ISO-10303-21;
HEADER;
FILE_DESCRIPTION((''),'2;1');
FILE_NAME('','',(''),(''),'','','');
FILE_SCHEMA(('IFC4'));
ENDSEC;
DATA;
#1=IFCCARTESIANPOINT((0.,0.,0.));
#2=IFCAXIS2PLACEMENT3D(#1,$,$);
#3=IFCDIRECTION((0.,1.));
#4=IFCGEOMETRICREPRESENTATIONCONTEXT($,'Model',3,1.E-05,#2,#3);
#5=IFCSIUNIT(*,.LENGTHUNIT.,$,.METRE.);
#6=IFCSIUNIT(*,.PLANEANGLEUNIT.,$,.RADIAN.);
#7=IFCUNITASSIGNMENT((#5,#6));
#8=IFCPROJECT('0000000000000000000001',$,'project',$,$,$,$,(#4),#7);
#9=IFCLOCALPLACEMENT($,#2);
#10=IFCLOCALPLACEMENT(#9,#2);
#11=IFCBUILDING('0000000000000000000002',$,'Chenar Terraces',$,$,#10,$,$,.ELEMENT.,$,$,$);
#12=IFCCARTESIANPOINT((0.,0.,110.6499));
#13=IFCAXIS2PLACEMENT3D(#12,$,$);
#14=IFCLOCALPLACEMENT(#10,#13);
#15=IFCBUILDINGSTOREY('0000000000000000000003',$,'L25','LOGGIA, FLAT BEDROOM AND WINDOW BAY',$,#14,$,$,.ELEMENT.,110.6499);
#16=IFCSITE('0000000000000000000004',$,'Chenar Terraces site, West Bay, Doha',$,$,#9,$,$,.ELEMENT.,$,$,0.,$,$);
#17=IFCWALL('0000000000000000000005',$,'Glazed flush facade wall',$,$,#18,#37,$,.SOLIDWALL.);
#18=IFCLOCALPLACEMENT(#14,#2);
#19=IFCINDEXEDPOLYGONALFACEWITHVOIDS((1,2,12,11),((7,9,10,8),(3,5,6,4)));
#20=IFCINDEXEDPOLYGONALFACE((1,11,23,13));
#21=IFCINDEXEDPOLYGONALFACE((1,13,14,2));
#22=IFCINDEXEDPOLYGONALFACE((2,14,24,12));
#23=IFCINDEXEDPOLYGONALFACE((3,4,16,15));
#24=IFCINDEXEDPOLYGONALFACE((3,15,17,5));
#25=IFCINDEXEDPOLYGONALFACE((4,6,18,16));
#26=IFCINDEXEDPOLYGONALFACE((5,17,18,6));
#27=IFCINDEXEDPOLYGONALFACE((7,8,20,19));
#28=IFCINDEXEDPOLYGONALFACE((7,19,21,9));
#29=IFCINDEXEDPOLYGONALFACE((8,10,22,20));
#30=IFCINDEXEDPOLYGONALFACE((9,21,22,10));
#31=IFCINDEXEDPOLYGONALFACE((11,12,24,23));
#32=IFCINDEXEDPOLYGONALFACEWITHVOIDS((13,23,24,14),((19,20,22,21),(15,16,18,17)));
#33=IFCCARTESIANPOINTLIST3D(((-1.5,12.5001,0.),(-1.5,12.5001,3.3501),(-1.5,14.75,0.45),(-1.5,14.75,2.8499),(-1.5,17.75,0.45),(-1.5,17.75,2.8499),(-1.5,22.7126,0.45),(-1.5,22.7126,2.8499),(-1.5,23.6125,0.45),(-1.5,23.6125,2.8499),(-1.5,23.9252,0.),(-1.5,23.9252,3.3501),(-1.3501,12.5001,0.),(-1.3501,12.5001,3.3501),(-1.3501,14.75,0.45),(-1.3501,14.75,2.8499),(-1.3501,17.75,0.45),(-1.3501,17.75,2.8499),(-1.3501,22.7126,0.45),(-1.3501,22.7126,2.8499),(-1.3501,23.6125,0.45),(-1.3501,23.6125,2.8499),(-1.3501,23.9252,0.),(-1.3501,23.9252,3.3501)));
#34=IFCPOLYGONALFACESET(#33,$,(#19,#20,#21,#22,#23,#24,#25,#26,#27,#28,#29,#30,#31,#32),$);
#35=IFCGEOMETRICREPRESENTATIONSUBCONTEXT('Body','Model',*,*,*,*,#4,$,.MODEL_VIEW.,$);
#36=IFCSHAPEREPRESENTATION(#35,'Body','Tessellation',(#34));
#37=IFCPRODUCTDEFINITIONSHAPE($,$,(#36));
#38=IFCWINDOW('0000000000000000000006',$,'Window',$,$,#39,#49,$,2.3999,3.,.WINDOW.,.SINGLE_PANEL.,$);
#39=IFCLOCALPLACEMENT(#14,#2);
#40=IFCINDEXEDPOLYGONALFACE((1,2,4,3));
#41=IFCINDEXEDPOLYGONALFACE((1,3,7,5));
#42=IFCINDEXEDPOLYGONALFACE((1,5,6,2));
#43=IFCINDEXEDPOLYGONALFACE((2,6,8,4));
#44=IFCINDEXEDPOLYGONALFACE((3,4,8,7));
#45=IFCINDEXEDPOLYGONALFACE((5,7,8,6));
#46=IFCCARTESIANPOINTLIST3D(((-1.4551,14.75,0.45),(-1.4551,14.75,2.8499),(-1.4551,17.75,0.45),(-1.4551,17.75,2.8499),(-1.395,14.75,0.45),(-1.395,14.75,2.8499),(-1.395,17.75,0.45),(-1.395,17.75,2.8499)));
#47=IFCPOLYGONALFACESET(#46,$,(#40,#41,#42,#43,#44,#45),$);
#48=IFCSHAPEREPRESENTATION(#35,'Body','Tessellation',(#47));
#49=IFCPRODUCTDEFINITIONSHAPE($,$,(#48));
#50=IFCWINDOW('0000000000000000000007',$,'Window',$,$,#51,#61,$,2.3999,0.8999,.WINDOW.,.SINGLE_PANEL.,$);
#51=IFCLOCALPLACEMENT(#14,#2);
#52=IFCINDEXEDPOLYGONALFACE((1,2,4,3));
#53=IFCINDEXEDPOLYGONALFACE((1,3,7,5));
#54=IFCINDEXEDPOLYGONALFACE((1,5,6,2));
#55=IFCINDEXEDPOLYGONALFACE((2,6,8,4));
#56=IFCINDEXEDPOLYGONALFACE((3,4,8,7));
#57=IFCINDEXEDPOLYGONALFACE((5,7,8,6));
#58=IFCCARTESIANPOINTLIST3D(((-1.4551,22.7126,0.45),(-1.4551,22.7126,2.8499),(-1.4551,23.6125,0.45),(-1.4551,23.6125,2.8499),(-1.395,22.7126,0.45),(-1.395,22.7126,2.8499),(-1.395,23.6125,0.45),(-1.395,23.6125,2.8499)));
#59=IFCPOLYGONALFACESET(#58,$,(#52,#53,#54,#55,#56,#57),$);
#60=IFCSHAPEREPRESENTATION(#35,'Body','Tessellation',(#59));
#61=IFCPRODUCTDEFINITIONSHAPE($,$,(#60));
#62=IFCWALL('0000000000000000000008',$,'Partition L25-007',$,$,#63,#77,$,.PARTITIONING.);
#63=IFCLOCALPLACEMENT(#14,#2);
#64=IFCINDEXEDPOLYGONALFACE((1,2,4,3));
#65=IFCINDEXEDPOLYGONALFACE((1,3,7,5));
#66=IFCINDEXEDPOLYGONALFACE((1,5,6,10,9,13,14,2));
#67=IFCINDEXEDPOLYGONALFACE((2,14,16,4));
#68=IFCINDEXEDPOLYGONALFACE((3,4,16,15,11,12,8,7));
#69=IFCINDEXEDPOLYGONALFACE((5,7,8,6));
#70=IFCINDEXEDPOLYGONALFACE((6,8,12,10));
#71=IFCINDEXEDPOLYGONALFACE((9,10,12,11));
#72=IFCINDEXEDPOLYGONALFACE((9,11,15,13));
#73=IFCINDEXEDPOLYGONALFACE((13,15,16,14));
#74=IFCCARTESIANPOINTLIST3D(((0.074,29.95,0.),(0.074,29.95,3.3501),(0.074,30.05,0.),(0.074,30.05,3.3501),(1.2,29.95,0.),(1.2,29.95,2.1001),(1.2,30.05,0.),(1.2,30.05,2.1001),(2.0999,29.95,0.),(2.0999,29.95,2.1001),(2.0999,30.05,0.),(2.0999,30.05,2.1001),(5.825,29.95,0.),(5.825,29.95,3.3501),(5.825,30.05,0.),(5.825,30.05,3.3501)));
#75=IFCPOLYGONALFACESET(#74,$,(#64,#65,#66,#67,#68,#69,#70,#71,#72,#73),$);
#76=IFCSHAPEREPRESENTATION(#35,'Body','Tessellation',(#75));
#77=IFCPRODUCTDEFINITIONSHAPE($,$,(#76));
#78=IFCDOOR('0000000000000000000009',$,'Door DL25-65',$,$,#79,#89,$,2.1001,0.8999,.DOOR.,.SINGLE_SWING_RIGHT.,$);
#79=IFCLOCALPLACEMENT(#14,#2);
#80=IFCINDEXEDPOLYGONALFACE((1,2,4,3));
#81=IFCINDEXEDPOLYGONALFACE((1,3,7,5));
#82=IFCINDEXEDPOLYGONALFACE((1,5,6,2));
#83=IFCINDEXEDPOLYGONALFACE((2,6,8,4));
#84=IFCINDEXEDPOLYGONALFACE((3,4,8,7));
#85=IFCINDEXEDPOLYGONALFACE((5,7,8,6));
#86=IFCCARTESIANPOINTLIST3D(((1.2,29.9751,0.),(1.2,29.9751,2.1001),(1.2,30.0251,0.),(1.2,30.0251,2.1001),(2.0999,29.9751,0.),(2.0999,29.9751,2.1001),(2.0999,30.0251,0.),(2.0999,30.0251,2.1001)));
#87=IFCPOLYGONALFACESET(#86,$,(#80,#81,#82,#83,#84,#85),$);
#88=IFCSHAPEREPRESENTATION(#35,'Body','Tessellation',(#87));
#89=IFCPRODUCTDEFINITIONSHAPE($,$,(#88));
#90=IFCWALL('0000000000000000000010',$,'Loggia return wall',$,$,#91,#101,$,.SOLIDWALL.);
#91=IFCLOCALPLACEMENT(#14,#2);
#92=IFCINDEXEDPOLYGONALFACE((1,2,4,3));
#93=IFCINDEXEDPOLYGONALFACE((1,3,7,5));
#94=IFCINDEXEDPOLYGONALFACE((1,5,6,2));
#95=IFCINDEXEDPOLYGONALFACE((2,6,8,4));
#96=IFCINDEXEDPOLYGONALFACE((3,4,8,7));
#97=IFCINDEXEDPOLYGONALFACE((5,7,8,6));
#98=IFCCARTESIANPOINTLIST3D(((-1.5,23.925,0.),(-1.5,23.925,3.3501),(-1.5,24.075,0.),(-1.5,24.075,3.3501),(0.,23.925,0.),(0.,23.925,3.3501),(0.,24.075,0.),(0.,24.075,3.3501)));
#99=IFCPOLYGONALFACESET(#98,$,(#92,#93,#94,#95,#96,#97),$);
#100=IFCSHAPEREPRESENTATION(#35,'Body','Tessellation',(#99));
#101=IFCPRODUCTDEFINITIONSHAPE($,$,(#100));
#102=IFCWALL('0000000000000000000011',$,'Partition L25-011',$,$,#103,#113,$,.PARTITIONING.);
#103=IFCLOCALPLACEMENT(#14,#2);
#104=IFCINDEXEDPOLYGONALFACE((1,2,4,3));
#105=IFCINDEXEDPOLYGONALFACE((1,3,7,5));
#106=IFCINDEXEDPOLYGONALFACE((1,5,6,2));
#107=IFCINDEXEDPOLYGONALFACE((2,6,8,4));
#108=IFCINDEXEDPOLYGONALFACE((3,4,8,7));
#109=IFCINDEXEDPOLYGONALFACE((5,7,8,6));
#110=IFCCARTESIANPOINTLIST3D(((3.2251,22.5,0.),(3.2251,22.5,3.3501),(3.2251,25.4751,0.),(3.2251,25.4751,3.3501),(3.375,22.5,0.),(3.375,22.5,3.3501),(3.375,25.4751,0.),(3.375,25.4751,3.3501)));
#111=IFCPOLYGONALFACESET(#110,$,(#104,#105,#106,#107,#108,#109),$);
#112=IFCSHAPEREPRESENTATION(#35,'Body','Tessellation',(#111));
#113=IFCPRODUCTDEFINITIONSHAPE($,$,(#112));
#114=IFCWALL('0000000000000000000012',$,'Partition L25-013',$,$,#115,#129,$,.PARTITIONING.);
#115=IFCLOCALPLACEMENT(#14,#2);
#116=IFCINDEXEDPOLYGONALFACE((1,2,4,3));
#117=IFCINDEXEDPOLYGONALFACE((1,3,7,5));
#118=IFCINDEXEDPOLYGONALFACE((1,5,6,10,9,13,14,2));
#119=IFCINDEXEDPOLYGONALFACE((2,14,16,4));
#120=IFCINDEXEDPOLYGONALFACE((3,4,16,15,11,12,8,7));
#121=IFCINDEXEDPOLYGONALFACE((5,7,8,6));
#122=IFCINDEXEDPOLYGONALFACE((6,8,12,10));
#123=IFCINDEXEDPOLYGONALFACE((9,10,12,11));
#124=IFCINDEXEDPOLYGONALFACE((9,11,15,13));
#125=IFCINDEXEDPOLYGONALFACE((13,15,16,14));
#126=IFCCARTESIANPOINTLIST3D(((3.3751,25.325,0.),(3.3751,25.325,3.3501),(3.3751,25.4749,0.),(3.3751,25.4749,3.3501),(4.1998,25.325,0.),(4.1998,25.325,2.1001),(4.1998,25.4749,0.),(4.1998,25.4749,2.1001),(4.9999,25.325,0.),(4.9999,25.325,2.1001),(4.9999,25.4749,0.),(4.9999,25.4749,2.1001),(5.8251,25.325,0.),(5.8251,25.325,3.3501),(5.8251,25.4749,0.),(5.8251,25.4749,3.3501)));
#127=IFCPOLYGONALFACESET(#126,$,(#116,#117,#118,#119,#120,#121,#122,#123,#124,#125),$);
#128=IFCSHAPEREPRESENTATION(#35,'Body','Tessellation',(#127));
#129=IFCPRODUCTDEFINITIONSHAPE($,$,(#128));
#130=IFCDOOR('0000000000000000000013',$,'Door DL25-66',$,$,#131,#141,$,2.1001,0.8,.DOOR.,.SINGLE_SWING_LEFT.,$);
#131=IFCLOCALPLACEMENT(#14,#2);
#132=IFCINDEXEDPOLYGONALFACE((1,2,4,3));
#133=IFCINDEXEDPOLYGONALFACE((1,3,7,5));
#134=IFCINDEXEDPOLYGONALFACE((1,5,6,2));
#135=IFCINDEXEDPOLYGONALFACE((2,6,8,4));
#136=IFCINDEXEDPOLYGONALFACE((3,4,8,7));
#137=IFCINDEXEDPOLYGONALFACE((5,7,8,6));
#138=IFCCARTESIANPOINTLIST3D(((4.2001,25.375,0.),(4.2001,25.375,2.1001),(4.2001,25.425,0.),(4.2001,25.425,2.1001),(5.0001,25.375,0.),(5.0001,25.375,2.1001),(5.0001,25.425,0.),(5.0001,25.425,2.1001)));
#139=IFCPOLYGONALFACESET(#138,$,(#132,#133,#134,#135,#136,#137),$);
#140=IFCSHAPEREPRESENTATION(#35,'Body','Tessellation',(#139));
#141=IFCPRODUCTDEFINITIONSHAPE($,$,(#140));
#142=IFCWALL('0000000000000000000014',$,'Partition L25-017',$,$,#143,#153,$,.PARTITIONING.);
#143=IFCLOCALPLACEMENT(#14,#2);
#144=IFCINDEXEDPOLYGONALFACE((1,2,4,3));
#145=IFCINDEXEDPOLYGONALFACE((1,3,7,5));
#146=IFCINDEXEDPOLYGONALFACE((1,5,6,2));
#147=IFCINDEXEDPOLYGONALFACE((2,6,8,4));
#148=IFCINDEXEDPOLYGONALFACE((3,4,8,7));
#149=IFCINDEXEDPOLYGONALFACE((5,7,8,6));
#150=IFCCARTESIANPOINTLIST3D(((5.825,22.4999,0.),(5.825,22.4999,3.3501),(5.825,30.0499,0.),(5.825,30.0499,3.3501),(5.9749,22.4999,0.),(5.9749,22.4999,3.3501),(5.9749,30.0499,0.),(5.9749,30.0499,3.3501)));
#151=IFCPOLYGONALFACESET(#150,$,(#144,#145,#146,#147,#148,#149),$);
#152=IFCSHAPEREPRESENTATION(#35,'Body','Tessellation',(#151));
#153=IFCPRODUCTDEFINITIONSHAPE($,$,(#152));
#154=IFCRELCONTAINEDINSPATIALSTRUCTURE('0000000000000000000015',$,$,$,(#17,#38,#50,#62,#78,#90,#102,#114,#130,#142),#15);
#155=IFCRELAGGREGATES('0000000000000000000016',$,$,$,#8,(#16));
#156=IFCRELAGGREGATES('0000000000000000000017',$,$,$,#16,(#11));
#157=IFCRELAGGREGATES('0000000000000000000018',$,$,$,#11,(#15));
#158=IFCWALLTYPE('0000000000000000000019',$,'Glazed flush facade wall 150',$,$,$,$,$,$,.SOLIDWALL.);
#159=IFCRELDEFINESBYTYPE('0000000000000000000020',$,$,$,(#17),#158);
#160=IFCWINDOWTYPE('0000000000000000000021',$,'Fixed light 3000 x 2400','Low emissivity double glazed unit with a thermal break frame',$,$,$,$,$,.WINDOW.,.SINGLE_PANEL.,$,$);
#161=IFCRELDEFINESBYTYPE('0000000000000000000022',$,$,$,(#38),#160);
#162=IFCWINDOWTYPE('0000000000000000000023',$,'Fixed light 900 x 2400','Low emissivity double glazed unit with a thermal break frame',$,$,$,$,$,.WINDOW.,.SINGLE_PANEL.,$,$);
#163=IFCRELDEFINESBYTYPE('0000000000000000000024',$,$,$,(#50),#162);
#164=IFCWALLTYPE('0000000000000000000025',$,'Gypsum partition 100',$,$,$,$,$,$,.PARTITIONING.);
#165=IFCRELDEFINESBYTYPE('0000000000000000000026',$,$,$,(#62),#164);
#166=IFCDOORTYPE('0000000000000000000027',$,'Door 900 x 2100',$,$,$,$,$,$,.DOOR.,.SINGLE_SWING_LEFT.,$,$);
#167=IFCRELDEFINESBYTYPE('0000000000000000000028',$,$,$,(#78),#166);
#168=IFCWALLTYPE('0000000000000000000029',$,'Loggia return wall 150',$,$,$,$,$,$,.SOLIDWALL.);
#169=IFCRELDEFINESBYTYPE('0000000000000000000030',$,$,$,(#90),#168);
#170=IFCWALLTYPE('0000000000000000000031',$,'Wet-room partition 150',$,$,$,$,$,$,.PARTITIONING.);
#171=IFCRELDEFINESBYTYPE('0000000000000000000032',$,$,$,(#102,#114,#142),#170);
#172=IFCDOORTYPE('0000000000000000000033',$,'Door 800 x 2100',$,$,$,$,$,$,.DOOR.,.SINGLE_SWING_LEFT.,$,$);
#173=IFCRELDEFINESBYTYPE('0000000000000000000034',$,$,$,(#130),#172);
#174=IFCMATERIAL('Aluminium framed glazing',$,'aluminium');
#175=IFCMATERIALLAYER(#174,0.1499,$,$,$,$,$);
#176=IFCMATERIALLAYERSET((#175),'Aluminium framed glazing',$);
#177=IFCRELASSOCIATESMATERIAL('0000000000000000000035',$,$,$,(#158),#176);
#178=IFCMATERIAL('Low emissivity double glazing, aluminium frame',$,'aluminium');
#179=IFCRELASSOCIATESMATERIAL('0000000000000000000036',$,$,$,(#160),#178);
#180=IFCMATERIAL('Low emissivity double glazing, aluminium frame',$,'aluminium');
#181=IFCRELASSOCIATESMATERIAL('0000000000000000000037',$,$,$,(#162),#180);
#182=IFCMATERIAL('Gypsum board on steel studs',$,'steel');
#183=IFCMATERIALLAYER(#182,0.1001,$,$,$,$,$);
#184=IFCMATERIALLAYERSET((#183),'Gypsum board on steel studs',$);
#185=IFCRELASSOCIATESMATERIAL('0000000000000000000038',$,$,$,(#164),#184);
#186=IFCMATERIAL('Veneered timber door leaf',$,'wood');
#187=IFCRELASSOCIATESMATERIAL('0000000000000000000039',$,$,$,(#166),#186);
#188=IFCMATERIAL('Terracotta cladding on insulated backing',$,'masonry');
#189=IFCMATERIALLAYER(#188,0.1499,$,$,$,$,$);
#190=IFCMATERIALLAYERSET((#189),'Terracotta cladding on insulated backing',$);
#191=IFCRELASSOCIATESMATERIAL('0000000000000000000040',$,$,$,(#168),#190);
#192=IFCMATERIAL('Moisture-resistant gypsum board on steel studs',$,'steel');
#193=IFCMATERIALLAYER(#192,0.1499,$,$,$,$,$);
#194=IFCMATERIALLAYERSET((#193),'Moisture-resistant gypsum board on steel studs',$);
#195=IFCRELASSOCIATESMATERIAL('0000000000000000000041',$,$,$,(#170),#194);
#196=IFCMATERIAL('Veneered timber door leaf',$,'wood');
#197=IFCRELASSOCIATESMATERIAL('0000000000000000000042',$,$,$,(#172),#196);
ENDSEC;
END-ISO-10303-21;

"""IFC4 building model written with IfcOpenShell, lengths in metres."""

from ifc_helpers import new_model, si_unit, direction, frame, frame_2d, origin, place, context, subcontext, project, spatial, rectangle, extrude, material, layer, layer_set, type_object, element, fill, save


model = new_model("IFC4")

# Units and contexts
model_context = context("Model", 3, precision=1e-05, world=origin(), true_north=direction((0.0, 1.0)))
body_context = subcontext(model_context, "Body", "Model", "MODEL_VIEW")
ifc_project = project(units=[si_unit("LENGTHUNIT", "METRE"), si_unit("PLANEANGLEUNIT", "RADIAN")], contexts=[model_context])

# Site, building, storey
site_placement = place(None, origin())
site = spatial("IfcSite", under=ifc_project, at=site_placement, Name="Chenar Terraces site, West Bay, Doha", CompositionType="ELEMENT", RefElevation=0.0)
building_placement = place(site_placement, origin())
building = spatial("IfcBuilding", under=site, at=building_placement, Name="Chenar Terraces", CompositionType="ELEMENT")
storey_placement = place(building_placement, frame((0.0, 0.0, 110.6499)))
storey = spatial("IfcBuildingStorey", under=building, at=storey_placement, Name="L25", Description="LOGGIA, FLAT BEDROOM AND WINDOW BAY", CompositionType="ELEMENT", Elevation=110.6499)

# Wall, openings, windows
ifc_material_1 = material(Name="Aluminium framed glazing", Category="aluminium")
ifc_layer_1 = layer(ifc_material_1, 0.1499)
ifc_layer_set_1 = layer_set([ifc_layer_1], Name="Aluminium framed glazing")
wall_type_1 = type_object("IfcWallType", Name="Glazed flush facade wall 150", PredefinedType="SOLIDWALL", material=ifc_layer_set_1)
wall_1_placement = place(storey_placement, frame((-1.425, 23.925, 0.0), z_axis=(0.0, 0.0, 1.0), x_axis=(0.0, -1.0, 0.0)))
wall_1 = element("IfcWall", 1, at=wall_1_placement, inside=storey, type_object=wall_type_1, Name="Glazed flush facade wall", PredefinedType="SOLIDWALL", context=body_context, shape_type="SweptSolid", body=[
    extrude(rectangle(XDim=11.425, YDim=0.1499, at=frame_2d((5.7124, 0.0))), origin(), (0.0, 0.0, 1.0), 3.3501),
])
opening_1_placement = place(wall_1_placement, frame((0.3125, 0.0, 0.45)))
opening_1 = element("IfcOpeningElement", 2, at=opening_1_placement, cuts=wall_1, PredefinedType="OPENING", context=body_context, shape_type="SweptSolid", body=[
    extrude(rectangle(XDim=0.8999, YDim=2.3999, at=frame_2d((0.45, 1.2))), frame((0.0, 0.085, 0.0), z_axis=(0.0, -1.0, 0.0), x_axis=(1.0, 0.0, 0.0)), (0.0, 0.0, 1.0), 0.1699),
])
opening_2_placement = place(wall_1_placement, frame((6.175, 0.0, 0.45)))
opening_2 = element("IfcOpeningElement", 3, at=opening_2_placement, cuts=wall_1, PredefinedType="OPENING", context=body_context, shape_type="SweptSolid", body=[
    extrude(rectangle(XDim=3.0, YDim=2.3999, at=frame_2d((1.5, 1.2))), frame((0.0, 0.085, 0.0), z_axis=(0.0, -1.0, 0.0), x_axis=(1.0, 0.0, 0.0)), (0.0, 0.0, 1.0), 0.1699),
])
ifc_material_2 = material(Name="Low emissivity double glazing, aluminium frame", Category="aluminium")
window_type_1 = type_object("IfcWindowType", Name="Fixed light 3000 x 2400", Description="Low emissivity double glazed unit with a thermal break frame", PartitioningType="SINGLE_PANEL", PredefinedType="WINDOW", material=ifc_material_2)
window_1_placement = place(opening_2_placement, origin())
window_1 = element("IfcWindow", 4, at=window_1_placement, inside=storey, type_object=window_type_1, Name="Window", OverallHeight=2.3999, OverallWidth=3.0, PartitioningType="SINGLE_PANEL", PredefinedType="WINDOW", context=body_context, shape_type="SweptSolid", body=[
    extrude(rectangle(XDim=3.0, YDim=2.3999, at=frame_2d((1.5, 1.2))), frame((0.0, 0.03, 0.0), z_axis=(0.0, -1.0, 0.0), x_axis=(1.0, 0.0, 0.0)), (0.0, 0.0, 1.0), 0.0601),
])
fill(opening_2, window_1)
ifc_material_3 = material(Name="Low emissivity double glazing, aluminium frame", Category="aluminium")
window_type_2 = type_object("IfcWindowType", Name="Fixed light 900 x 2400", Description="Low emissivity double glazed unit with a thermal break frame", PartitioningType="SINGLE_PANEL", PredefinedType="WINDOW", material=ifc_material_3)
window_2_placement = place(opening_1_placement, origin())
window_2 = element("IfcWindow", 5, at=window_2_placement, inside=storey, type_object=window_type_2, Name="Window", OverallHeight=2.3999, OverallWidth=0.8999, PartitioningType="SINGLE_PANEL", PredefinedType="WINDOW", context=body_context, shape_type="SweptSolid", body=[
    extrude(rectangle(XDim=0.8999, YDim=2.3999, at=frame_2d((0.45, 1.2))), frame((0.0, 0.03, 0.0), z_axis=(0.0, -1.0, 0.0), x_axis=(1.0, 0.0, 0.0)), (0.0, 0.0, 1.0), 0.0601),
])
fill(opening_1, window_2)

# Wall, opening, door
ifc_material_4 = material(Name="Gypsum board on steel studs", Category="steel")
ifc_layer_2 = layer(ifc_material_4, 0.1001)
ifc_layer_set_2 = layer_set([ifc_layer_2], Name="Gypsum board on steel studs")
wall_type_2 = type_object("IfcWallType", Name="Gypsum partition 100", PredefinedType="PARTITIONING", material=ifc_layer_set_2)
wall_2_placement = place(storey_placement, frame((0.074, 30.0, 0.0), z_axis=(0.0, 0.0, 1.0), x_axis=(1.0, 0.0, 0.0)))
wall_2 = element("IfcWall", 6, at=wall_2_placement, inside=storey, type_object=wall_type_2, Name="Partition L25-007", PredefinedType="PARTITIONING", context=body_context, shape_type="SweptSolid", body=[
    extrude(rectangle(XDim=5.751, YDim=0.1001, at=frame_2d((2.8755, 0.0))), origin(), (0.0, 0.0, 1.0), 3.3501),
])
opening_3_placement = place(wall_2_placement, frame((1.126, 0.0, 0.0)))
opening_3 = element("IfcOpeningElement", 7, at=opening_3_placement, cuts=wall_2, PredefinedType="OPENING", context=body_context, shape_type="SweptSolid", body=[
    extrude(rectangle(XDim=0.8999, YDim=2.1001, at=frame_2d((0.45, 1.05))), frame((0.0, 0.0601, 0.0), z_axis=(0.0, -1.0, 0.0), x_axis=(1.0, 0.0, 0.0)), (0.0, 0.0, 1.0), 0.1201),
])
ifc_material_5 = material(Name="Veneered timber door leaf", Category="wood")
door_type_1 = type_object("IfcDoorType", Name="Door 900 x 2100", OperationType="SINGLE_SWING_LEFT", PredefinedType="DOOR", material=ifc_material_5)
door_1_placement = place(opening_3_placement, frame((0.8999, 0.0, 0.0), z_axis=(0.0, 0.0, 1.0), x_axis=(-1.0, 0.0, 0.0)))
door_1 = element("IfcDoor", 8, at=door_1_placement, inside=storey, type_object=door_type_1, Name="Door DL25-65", OperationType="SINGLE_SWING_RIGHT", OverallHeight=2.1001, OverallWidth=0.8999, PredefinedType="DOOR", context=body_context, shape_type="SweptSolid", body=[
    extrude(rectangle(XDim=0.8999, YDim=2.1001, at=frame_2d((0.45, 1.05))), frame((0.0, 0.0249, 0.0), z_axis=(0.0, -1.0, 0.0), x_axis=(1.0, 0.0, 0.0)), (0.0, 0.0, 1.0), 0.05),
])
fill(opening_3, door_1)

# Walls
ifc_material_6 = material(Name="Terracotta cladding on insulated backing", Category="masonry")
ifc_layer_3 = layer(ifc_material_6, 0.1499)
ifc_layer_set_3 = layer_set([ifc_layer_3], Name="Terracotta cladding on insulated backing")
wall_type_3 = type_object("IfcWallType", Name="Loggia return wall 150", PredefinedType="SOLIDWALL", material=ifc_layer_set_3)
wall_3_placement = place(storey_placement, frame((-1.5, 24.0, 0.0), z_axis=(0.0, 0.0, 1.0), x_axis=(1.0, 0.0, 0.0)))
element("IfcWall", 9, at=wall_3_placement, inside=storey, type_object=wall_type_3, Name="Loggia return wall", PredefinedType="SOLIDWALL", context=body_context, shape_type="SweptSolid", body=[
    extrude(rectangle(XDim=1.5, YDim=0.1499, at=frame_2d((0.75, 0.0))), origin(), (0.0, 0.0, 1.0), 3.3501),
])
ifc_material_7 = material(Name="Moisture-resistant gypsum board on steel studs", Category="steel")
ifc_layer_4 = layer(ifc_material_7, 0.1499)
ifc_layer_set_4 = layer_set([ifc_layer_4], Name="Moisture-resistant gypsum board on steel studs")
wall_type_4 = type_object("IfcWallType", Name="Wet-room partition 150", PredefinedType="PARTITIONING", material=ifc_layer_set_4)
wall_4_placement = place(storey_placement, frame((3.3, 22.5, 0.0), z_axis=(0.0, 0.0, 1.0), x_axis=(0.0, 1.0, 0.0)))
element("IfcWall", 10, at=wall_4_placement, inside=storey, type_object=wall_type_4, Name="Partition L25-011", PredefinedType="PARTITIONING", context=body_context, shape_type="SweptSolid", body=[
    extrude(rectangle(XDim=2.9751, YDim=0.1499, at=frame_2d((1.4875, 0.0))), origin(), (0.0, 0.0, 1.0), 3.3501),
])

# Wall, opening, door
wall_5_placement = place(storey_placement, frame((3.375, 25.3999, 0.0), z_axis=(0.0, 0.0, 1.0), x_axis=(1.0, 0.0, 0.0)))
wall_5 = element("IfcWall", 11, at=wall_5_placement, inside=storey, type_object=wall_type_4, Name="Partition L25-013", PredefinedType="PARTITIONING", context=body_context, shape_type="SweptSolid", body=[
    extrude(rectangle(XDim=2.45, YDim=0.1499, at=frame_2d((1.2251, 0.0))), origin(), (0.0, 0.0, 1.0), 3.3501),
])
opening_4_placement = place(wall_5_placement, frame((0.825, 0.0, 0.0)))
opening_4 = element("IfcOpeningElement", 12, at=opening_4_placement, cuts=wall_5, PredefinedType="OPENING", context=body_context, shape_type="SweptSolid", body=[
    extrude(rectangle(XDim=0.8, YDim=2.1001, at=frame_2d((0.3999, 1.05))), frame((0.0, 0.085, 0.0), z_axis=(0.0, -1.0, 0.0), x_axis=(1.0, 0.0, 0.0)), (0.0, 0.0, 1.0), 0.1699),
])
ifc_material_8 = material(Name="Veneered timber door leaf", Category="wood")
door_type_2 = type_object("IfcDoorType", Name="Door 800 x 2100", OperationType="SINGLE_SWING_LEFT", PredefinedType="DOOR", material=ifc_material_8)
door_2_placement = place(opening_4_placement, frame((0.8, 0.0, 0.0), z_axis=(0.0, 0.0, 1.0), x_axis=(-1.0, 0.0, 0.0)))
door_2 = element("IfcDoor", 13, at=door_2_placement, inside=storey, type_object=door_type_2, Name="Door DL25-66", OperationType="SINGLE_SWING_LEFT", OverallHeight=2.1001, OverallWidth=0.8, PredefinedType="DOOR", context=body_context, shape_type="SweptSolid", body=[
    extrude(rectangle(XDim=0.8, YDim=2.1001, at=frame_2d((0.3999, 1.05))), frame((0.0, 0.0249, 0.0), z_axis=(0.0, -1.0, 0.0), x_axis=(1.0, 0.0, 0.0)), (0.0, 0.0, 1.0), 0.05),
])
fill(opening_4, door_2)

# Wall
wall_6_placement = place(storey_placement, frame((5.8999, 22.5, 0.0), z_axis=(0.0, 0.0, 1.0), x_axis=(0.0, 1.0, 0.0)))
element("IfcWall", 14, at=wall_6_placement, inside=storey, type_object=wall_type_4, Name="Partition L25-017", PredefinedType="PARTITIONING", context=body_context, shape_type="SweptSolid", body=[
    extrude(rectangle(XDim=7.55, YDim=0.1499, at=frame_2d((3.7749, 0.0))), origin(), (0.0, 0.0, 1.0), 3.3501),
])

save(model, "model.ifc")
